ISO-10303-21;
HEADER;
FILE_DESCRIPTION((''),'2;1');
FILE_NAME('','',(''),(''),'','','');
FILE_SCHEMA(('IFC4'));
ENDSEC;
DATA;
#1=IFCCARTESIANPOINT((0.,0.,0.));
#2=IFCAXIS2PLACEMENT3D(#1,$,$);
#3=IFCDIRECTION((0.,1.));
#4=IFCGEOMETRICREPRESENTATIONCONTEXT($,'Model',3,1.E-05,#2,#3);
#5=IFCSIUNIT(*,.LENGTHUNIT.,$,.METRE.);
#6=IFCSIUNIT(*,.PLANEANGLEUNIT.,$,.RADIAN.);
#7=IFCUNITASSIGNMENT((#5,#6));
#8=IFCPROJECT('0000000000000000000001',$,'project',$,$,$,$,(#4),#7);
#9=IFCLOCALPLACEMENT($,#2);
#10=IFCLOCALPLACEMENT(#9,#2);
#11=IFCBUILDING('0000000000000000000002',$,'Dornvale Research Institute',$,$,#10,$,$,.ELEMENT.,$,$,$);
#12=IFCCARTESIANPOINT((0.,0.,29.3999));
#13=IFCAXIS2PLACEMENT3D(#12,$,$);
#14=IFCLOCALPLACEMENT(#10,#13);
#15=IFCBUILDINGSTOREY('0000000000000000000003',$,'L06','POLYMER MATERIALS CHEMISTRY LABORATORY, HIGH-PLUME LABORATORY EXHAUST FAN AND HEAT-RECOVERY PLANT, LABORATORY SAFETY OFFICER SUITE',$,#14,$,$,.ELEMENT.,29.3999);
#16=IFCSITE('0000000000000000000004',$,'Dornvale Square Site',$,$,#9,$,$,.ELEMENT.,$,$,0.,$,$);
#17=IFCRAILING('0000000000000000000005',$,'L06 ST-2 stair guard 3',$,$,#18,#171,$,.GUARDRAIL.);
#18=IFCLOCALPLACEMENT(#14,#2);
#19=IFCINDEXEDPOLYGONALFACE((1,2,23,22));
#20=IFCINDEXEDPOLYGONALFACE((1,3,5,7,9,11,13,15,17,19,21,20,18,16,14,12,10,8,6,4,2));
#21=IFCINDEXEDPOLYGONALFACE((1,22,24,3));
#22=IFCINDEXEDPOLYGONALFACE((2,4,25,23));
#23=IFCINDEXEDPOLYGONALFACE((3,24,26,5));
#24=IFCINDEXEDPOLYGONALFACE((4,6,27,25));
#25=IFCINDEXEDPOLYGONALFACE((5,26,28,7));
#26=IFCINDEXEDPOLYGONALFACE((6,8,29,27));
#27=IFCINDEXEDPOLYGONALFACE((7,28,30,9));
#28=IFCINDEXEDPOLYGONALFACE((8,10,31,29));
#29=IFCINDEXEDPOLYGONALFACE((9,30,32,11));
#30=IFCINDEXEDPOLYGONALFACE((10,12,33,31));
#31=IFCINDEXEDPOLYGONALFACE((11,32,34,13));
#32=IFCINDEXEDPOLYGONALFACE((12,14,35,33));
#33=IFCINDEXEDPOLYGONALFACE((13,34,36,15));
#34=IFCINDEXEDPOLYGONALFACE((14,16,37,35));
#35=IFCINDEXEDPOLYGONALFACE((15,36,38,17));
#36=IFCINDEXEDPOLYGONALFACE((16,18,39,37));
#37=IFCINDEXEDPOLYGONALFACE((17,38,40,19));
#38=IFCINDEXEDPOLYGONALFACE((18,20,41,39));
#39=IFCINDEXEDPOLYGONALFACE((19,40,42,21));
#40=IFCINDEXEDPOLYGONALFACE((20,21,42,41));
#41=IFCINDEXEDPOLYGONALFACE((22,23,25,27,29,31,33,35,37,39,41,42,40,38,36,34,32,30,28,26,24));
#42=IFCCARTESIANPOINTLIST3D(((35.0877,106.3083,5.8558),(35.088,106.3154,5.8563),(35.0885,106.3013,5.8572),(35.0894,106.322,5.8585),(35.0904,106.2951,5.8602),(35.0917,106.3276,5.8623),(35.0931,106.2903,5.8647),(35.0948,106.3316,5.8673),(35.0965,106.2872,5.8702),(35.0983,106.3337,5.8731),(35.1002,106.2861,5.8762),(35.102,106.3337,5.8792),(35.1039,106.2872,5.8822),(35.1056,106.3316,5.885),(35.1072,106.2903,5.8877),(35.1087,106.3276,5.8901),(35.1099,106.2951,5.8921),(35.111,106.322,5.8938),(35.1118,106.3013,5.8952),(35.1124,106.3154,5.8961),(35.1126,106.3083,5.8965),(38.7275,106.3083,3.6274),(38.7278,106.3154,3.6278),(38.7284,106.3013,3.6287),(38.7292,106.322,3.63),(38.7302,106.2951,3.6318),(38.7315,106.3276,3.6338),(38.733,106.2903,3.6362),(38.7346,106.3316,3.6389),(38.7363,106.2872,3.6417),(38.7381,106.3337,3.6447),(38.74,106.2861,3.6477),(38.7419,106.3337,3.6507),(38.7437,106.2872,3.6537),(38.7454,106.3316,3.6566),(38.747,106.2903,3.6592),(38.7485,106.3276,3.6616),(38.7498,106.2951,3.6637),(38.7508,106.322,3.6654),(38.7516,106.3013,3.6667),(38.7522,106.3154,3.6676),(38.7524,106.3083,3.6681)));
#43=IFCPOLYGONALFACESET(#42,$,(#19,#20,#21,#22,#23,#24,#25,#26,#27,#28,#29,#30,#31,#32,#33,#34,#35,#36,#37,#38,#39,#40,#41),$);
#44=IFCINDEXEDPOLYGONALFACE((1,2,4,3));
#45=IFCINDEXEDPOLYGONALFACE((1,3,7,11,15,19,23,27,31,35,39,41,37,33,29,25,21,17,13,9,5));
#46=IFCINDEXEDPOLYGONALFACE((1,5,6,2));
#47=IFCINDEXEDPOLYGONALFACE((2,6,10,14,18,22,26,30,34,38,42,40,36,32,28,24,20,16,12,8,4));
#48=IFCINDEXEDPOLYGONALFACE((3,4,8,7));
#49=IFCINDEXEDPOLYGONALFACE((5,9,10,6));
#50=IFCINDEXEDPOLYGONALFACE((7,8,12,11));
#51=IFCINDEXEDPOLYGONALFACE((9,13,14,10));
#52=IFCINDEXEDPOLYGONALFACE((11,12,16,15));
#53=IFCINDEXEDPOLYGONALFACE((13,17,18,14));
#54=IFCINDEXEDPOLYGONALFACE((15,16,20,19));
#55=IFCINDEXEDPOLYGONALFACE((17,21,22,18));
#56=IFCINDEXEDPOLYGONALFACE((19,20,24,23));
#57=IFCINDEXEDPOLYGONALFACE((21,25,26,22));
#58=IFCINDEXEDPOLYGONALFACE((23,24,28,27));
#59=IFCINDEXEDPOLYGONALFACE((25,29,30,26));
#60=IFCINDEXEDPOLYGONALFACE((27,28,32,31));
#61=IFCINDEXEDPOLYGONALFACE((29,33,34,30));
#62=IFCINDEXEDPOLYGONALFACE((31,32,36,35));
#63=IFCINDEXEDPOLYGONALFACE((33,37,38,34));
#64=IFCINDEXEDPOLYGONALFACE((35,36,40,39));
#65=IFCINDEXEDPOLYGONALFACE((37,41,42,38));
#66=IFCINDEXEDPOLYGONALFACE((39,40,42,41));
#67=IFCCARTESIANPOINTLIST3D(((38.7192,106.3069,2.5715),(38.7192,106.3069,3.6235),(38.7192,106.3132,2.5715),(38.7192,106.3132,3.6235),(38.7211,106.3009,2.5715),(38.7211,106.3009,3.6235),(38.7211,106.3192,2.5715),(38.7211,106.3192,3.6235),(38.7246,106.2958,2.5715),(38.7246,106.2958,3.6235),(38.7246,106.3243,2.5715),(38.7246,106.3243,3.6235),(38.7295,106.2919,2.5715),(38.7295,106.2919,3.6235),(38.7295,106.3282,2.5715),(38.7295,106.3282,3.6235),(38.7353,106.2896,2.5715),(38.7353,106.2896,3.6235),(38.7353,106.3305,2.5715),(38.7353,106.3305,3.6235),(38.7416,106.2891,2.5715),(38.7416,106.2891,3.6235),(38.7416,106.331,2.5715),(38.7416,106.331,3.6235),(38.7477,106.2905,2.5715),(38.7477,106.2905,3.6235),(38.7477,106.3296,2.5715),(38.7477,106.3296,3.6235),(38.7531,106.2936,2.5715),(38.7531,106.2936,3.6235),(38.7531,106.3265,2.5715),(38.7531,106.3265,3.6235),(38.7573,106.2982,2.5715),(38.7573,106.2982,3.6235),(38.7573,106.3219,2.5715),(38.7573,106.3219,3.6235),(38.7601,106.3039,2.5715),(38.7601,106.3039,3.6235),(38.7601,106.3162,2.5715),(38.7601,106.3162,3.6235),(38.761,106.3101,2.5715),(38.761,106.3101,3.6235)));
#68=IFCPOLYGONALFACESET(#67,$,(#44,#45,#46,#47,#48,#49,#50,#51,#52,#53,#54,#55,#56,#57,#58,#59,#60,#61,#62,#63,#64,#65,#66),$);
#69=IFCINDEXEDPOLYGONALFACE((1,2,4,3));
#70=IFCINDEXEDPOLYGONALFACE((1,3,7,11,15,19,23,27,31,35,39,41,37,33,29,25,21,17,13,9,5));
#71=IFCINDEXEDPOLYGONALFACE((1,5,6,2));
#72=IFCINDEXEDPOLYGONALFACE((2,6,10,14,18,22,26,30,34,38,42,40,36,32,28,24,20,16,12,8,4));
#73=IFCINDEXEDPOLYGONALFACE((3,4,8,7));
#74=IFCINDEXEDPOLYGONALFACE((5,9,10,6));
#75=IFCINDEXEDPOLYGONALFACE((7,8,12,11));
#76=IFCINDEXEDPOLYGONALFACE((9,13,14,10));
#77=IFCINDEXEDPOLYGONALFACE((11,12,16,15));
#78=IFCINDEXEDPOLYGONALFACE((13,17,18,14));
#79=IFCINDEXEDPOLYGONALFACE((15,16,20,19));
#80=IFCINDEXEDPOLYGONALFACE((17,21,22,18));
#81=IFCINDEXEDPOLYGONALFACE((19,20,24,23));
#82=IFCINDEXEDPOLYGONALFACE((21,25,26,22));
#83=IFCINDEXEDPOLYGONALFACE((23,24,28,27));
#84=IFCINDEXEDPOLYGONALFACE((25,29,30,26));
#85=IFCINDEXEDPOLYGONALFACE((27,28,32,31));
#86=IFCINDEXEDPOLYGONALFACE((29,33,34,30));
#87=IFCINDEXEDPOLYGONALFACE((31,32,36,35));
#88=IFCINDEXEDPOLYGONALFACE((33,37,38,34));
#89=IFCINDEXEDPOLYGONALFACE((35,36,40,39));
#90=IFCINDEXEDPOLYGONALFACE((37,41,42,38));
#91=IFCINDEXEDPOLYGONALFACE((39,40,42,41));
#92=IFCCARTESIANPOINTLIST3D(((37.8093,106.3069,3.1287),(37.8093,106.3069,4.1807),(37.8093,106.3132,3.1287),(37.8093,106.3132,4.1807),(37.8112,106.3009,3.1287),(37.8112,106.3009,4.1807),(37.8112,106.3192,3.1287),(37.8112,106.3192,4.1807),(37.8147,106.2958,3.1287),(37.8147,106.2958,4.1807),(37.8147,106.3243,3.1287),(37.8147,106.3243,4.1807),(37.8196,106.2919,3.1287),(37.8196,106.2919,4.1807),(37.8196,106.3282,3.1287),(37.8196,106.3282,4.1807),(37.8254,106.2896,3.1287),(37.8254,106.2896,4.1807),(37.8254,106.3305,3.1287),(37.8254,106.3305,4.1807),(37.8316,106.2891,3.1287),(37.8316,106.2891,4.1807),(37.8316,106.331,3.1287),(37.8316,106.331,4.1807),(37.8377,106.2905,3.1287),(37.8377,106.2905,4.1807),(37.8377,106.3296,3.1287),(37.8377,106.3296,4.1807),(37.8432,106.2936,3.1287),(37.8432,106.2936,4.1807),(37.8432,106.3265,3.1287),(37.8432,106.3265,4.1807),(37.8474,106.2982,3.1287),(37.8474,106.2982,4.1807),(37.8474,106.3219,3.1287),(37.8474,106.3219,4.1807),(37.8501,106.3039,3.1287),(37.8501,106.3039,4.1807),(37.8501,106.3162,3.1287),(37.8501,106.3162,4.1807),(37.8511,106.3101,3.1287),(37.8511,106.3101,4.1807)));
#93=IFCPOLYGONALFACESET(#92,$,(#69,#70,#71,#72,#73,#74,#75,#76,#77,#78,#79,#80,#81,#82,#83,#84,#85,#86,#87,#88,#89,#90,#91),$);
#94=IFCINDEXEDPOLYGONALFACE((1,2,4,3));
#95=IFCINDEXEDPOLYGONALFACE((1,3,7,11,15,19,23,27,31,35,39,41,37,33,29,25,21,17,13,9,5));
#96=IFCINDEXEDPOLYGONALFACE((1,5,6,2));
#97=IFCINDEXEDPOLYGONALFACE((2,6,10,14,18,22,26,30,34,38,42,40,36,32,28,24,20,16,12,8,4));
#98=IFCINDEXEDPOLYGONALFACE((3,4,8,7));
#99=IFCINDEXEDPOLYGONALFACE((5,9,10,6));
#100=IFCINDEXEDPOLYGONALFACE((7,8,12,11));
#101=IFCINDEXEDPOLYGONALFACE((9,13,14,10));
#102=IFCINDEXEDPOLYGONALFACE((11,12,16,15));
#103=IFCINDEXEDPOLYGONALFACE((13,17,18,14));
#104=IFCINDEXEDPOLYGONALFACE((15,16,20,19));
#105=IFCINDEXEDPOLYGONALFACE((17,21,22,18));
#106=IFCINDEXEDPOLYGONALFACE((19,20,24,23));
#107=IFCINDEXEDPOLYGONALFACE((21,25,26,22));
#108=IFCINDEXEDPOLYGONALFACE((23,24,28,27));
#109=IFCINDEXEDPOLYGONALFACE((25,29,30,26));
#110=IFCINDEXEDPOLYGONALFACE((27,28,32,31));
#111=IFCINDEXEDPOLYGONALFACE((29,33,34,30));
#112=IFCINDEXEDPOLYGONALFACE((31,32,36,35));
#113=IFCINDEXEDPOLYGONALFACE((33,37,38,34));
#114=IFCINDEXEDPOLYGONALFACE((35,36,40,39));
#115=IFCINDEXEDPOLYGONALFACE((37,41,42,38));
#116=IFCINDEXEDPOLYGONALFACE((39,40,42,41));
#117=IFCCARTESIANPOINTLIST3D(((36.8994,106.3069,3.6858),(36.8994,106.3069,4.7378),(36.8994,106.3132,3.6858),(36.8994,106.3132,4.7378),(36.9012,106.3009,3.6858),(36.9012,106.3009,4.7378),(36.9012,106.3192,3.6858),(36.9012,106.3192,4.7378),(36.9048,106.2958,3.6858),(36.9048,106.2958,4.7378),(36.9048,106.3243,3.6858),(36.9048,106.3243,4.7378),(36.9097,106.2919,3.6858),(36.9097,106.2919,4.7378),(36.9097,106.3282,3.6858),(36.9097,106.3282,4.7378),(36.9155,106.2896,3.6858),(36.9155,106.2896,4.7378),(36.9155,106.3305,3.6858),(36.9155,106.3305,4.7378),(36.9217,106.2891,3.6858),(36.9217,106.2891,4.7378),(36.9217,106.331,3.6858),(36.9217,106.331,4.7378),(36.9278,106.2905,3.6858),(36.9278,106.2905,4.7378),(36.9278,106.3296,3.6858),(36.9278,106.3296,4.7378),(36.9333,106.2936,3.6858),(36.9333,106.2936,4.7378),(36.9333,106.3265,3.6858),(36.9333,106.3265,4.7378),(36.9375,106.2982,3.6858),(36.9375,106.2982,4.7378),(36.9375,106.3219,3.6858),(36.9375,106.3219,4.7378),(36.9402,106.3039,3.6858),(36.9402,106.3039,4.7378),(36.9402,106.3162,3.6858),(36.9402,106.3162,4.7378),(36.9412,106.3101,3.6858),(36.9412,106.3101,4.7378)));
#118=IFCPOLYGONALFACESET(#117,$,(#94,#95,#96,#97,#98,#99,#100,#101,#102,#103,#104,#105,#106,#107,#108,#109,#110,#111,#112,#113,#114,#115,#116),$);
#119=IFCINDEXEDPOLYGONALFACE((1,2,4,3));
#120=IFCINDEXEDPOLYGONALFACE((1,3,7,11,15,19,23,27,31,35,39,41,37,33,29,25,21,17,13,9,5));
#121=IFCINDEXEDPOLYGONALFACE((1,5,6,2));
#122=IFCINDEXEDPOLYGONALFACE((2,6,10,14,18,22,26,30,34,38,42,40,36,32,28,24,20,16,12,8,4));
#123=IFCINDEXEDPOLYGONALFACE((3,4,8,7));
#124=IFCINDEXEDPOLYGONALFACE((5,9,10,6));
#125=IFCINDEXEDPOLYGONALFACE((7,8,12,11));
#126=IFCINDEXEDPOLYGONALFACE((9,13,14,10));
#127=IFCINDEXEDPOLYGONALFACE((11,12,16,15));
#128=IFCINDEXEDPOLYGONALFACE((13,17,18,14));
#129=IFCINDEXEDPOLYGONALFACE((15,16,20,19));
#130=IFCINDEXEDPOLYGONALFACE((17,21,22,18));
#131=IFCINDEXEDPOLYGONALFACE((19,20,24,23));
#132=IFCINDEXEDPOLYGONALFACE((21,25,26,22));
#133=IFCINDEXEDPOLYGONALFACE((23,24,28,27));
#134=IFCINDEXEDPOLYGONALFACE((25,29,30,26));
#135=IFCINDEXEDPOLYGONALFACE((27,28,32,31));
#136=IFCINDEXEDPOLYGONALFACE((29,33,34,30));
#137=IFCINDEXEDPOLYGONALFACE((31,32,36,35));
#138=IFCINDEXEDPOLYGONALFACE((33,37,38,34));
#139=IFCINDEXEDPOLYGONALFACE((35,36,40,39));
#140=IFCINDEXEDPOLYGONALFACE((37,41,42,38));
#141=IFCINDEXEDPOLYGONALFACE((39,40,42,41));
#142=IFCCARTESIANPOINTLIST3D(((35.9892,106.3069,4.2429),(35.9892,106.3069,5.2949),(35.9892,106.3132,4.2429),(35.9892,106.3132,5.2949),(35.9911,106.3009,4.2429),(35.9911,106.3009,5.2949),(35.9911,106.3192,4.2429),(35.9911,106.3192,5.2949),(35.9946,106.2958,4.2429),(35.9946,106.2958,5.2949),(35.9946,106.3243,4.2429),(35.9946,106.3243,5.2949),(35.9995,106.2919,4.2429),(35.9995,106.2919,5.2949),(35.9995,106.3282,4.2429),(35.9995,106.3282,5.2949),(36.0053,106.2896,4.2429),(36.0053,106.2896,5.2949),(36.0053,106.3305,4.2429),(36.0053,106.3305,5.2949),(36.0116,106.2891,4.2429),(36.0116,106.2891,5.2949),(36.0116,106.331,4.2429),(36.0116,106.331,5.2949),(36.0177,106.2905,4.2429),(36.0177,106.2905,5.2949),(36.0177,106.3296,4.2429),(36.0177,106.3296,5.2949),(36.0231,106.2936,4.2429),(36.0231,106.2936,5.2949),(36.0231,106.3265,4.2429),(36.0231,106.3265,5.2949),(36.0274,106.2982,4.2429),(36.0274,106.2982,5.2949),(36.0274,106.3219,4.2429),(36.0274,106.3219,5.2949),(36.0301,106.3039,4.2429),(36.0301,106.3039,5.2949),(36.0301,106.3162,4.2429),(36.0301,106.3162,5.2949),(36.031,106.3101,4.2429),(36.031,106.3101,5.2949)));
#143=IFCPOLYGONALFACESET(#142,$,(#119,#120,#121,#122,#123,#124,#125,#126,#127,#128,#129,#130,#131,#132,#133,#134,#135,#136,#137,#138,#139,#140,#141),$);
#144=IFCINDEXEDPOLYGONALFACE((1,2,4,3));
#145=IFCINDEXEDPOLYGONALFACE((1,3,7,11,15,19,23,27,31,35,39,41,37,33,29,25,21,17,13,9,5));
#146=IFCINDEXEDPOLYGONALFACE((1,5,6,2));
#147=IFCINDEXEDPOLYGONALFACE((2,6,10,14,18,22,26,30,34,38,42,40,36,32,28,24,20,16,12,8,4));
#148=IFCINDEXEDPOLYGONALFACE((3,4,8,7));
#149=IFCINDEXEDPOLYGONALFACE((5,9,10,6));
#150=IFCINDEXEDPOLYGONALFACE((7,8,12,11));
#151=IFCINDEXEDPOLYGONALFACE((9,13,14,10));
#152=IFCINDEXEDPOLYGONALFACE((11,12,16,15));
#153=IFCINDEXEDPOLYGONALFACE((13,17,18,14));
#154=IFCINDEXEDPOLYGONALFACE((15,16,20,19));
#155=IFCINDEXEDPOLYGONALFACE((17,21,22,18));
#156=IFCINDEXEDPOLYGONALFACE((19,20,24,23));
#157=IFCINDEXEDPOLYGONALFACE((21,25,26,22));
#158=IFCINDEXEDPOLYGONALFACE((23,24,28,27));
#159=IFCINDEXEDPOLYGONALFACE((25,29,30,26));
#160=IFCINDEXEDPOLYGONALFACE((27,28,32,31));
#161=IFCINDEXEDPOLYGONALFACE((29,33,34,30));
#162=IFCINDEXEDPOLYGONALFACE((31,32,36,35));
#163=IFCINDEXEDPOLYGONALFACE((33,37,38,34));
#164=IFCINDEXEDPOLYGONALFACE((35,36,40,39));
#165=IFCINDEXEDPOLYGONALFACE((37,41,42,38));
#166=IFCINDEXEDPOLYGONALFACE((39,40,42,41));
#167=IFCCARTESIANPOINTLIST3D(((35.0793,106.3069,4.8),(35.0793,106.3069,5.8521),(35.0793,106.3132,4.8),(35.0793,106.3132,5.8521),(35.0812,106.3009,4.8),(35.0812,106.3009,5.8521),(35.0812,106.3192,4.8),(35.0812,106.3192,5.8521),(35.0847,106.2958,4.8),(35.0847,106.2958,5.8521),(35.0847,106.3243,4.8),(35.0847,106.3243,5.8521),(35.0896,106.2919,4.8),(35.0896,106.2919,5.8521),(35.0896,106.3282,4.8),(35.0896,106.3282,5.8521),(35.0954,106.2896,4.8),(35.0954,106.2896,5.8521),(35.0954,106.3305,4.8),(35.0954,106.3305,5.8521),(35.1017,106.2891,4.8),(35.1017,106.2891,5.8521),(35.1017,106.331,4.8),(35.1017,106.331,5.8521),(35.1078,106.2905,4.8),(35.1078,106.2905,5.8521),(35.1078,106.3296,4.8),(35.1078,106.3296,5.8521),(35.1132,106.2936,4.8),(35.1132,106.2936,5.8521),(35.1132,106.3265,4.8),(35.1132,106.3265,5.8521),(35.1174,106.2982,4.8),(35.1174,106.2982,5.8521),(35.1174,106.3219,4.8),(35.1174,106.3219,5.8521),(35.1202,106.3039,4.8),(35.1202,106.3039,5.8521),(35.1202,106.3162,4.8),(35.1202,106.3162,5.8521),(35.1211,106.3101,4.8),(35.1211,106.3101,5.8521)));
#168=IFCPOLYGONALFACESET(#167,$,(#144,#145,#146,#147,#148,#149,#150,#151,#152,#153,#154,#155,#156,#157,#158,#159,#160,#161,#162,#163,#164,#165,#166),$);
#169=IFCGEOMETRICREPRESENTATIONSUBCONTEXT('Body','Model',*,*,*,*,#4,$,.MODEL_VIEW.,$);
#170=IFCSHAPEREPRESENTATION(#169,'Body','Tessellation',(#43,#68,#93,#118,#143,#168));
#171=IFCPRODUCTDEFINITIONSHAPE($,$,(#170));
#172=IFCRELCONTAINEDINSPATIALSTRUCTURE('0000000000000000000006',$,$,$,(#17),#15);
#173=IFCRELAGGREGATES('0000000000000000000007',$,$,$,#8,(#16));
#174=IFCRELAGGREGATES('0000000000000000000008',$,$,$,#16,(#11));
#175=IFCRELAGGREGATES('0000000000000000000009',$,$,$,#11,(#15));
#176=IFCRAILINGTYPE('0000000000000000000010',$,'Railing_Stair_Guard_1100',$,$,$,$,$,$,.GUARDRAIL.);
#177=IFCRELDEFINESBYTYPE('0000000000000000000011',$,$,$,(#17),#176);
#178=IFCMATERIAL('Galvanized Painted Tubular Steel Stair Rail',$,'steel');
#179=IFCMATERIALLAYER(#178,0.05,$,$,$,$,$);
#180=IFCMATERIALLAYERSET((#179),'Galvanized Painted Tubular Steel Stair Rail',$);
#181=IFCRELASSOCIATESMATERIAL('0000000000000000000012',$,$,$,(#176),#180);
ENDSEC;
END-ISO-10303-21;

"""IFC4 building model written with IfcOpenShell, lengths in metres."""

from ifc_helpers import new_model, si_unit, direction, frame, origin, origin_2d, place, context, subcontext, project, spatial, circle, extrude, material, layer, layer_set, type_object, element, save


model = new_model("IFC4")

# Units and contexts
model_context = context("Model", 3, precision=1e-05, world=origin(), true_north=direction((0.0, 1.0)))
body_context = subcontext(model_context, "Body", "Model", "MODEL_VIEW")
ifc_project = project(units=[si_unit("LENGTHUNIT", "METRE"), si_unit("PLANEANGLEUNIT", "RADIAN")], contexts=[model_context])

# Site, building, storey
site_placement = place(None, origin())
site = spatial("IfcSite", under=ifc_project, at=site_placement, Name="Dornvale Square Site", CompositionType="ELEMENT", RefElevation=0.0)
building_placement = place(site_placement, origin())
building = spatial("IfcBuilding", under=site, at=building_placement, Name="Dornvale Research Institute", CompositionType="ELEMENT")
storey_placement = place(building_placement, frame((0.0, 0.0, 29.3999)))
storey = spatial("IfcBuildingStorey", under=building, at=storey_placement, Name="L06", Description="POLYMER MATERIALS CHEMISTRY LABORATORY, HIGH-PLUME LABORATORY EXHAUST FAN AND HEAT-RECOVERY PLANT, LABORATORY SAFETY OFFICER SUITE", CompositionType="ELEMENT", Elevation=29.3999)

# Railing
ifc_material_1 = material(Name="Galvanized Painted Tubular Steel Stair Rail", Category="steel")
ifc_layer_1 = layer(ifc_material_1, 0.05)
ifc_layer_set_1 = layer_set([ifc_layer_1], Name="Galvanized Painted Tubular Steel Stair Rail")
railing_type_1 = type_object("IfcRailingType", Name="Railing_Stair_Guard_1100", PredefinedType="GUARDRAIL", material=ifc_layer_set_1)
railing_1_placement = place(storey_placement, frame((38.74, 106.3101, 2.5715)))
element("IfcRailing", 1, at=railing_1_placement, inside=storey, type_object=railing_type_1, Name="L06 ST-2 stair guard 3", PredefinedType="GUARDRAIL", context=body_context, shape_type="SweptSolid", body=[
    extrude(circle(Radius=0.0239, at=origin_2d()), frame((0.0, 0.0, 1.0762), z_axis=(-0.85285, 0.0, 0.522156), x_axis=(0.0, -1.0, 0.0)), (0.0, 0.0, 1.0), 4.2678),
    extrude(circle(Radius=0.021, at=origin_2d()), origin(), (0.0, 0.0, 1.0), 1.052),
    extrude(circle(Radius=0.021, at=origin_2d()), frame((-0.9099, 0.0, 0.5571)), (0.0, 0.0, 1.0), 1.052),
    extrude(circle(Radius=0.021, at=origin_2d()), frame((-1.8198, 0.0, 1.1143)), (0.0, 0.0, 1.0), 1.052),
    extrude(circle(Radius=0.021, at=origin_2d()), frame((-2.73, 0.0, 1.6714)), (0.0, 0.0, 1.0), 1.052),
    extrude(circle(Radius=0.021, at=origin_2d()), frame((-3.6399, 0.0, 2.2285)), (0.0, 0.0, 1.0), 1.052),
])

save(model, "model.ifc")
